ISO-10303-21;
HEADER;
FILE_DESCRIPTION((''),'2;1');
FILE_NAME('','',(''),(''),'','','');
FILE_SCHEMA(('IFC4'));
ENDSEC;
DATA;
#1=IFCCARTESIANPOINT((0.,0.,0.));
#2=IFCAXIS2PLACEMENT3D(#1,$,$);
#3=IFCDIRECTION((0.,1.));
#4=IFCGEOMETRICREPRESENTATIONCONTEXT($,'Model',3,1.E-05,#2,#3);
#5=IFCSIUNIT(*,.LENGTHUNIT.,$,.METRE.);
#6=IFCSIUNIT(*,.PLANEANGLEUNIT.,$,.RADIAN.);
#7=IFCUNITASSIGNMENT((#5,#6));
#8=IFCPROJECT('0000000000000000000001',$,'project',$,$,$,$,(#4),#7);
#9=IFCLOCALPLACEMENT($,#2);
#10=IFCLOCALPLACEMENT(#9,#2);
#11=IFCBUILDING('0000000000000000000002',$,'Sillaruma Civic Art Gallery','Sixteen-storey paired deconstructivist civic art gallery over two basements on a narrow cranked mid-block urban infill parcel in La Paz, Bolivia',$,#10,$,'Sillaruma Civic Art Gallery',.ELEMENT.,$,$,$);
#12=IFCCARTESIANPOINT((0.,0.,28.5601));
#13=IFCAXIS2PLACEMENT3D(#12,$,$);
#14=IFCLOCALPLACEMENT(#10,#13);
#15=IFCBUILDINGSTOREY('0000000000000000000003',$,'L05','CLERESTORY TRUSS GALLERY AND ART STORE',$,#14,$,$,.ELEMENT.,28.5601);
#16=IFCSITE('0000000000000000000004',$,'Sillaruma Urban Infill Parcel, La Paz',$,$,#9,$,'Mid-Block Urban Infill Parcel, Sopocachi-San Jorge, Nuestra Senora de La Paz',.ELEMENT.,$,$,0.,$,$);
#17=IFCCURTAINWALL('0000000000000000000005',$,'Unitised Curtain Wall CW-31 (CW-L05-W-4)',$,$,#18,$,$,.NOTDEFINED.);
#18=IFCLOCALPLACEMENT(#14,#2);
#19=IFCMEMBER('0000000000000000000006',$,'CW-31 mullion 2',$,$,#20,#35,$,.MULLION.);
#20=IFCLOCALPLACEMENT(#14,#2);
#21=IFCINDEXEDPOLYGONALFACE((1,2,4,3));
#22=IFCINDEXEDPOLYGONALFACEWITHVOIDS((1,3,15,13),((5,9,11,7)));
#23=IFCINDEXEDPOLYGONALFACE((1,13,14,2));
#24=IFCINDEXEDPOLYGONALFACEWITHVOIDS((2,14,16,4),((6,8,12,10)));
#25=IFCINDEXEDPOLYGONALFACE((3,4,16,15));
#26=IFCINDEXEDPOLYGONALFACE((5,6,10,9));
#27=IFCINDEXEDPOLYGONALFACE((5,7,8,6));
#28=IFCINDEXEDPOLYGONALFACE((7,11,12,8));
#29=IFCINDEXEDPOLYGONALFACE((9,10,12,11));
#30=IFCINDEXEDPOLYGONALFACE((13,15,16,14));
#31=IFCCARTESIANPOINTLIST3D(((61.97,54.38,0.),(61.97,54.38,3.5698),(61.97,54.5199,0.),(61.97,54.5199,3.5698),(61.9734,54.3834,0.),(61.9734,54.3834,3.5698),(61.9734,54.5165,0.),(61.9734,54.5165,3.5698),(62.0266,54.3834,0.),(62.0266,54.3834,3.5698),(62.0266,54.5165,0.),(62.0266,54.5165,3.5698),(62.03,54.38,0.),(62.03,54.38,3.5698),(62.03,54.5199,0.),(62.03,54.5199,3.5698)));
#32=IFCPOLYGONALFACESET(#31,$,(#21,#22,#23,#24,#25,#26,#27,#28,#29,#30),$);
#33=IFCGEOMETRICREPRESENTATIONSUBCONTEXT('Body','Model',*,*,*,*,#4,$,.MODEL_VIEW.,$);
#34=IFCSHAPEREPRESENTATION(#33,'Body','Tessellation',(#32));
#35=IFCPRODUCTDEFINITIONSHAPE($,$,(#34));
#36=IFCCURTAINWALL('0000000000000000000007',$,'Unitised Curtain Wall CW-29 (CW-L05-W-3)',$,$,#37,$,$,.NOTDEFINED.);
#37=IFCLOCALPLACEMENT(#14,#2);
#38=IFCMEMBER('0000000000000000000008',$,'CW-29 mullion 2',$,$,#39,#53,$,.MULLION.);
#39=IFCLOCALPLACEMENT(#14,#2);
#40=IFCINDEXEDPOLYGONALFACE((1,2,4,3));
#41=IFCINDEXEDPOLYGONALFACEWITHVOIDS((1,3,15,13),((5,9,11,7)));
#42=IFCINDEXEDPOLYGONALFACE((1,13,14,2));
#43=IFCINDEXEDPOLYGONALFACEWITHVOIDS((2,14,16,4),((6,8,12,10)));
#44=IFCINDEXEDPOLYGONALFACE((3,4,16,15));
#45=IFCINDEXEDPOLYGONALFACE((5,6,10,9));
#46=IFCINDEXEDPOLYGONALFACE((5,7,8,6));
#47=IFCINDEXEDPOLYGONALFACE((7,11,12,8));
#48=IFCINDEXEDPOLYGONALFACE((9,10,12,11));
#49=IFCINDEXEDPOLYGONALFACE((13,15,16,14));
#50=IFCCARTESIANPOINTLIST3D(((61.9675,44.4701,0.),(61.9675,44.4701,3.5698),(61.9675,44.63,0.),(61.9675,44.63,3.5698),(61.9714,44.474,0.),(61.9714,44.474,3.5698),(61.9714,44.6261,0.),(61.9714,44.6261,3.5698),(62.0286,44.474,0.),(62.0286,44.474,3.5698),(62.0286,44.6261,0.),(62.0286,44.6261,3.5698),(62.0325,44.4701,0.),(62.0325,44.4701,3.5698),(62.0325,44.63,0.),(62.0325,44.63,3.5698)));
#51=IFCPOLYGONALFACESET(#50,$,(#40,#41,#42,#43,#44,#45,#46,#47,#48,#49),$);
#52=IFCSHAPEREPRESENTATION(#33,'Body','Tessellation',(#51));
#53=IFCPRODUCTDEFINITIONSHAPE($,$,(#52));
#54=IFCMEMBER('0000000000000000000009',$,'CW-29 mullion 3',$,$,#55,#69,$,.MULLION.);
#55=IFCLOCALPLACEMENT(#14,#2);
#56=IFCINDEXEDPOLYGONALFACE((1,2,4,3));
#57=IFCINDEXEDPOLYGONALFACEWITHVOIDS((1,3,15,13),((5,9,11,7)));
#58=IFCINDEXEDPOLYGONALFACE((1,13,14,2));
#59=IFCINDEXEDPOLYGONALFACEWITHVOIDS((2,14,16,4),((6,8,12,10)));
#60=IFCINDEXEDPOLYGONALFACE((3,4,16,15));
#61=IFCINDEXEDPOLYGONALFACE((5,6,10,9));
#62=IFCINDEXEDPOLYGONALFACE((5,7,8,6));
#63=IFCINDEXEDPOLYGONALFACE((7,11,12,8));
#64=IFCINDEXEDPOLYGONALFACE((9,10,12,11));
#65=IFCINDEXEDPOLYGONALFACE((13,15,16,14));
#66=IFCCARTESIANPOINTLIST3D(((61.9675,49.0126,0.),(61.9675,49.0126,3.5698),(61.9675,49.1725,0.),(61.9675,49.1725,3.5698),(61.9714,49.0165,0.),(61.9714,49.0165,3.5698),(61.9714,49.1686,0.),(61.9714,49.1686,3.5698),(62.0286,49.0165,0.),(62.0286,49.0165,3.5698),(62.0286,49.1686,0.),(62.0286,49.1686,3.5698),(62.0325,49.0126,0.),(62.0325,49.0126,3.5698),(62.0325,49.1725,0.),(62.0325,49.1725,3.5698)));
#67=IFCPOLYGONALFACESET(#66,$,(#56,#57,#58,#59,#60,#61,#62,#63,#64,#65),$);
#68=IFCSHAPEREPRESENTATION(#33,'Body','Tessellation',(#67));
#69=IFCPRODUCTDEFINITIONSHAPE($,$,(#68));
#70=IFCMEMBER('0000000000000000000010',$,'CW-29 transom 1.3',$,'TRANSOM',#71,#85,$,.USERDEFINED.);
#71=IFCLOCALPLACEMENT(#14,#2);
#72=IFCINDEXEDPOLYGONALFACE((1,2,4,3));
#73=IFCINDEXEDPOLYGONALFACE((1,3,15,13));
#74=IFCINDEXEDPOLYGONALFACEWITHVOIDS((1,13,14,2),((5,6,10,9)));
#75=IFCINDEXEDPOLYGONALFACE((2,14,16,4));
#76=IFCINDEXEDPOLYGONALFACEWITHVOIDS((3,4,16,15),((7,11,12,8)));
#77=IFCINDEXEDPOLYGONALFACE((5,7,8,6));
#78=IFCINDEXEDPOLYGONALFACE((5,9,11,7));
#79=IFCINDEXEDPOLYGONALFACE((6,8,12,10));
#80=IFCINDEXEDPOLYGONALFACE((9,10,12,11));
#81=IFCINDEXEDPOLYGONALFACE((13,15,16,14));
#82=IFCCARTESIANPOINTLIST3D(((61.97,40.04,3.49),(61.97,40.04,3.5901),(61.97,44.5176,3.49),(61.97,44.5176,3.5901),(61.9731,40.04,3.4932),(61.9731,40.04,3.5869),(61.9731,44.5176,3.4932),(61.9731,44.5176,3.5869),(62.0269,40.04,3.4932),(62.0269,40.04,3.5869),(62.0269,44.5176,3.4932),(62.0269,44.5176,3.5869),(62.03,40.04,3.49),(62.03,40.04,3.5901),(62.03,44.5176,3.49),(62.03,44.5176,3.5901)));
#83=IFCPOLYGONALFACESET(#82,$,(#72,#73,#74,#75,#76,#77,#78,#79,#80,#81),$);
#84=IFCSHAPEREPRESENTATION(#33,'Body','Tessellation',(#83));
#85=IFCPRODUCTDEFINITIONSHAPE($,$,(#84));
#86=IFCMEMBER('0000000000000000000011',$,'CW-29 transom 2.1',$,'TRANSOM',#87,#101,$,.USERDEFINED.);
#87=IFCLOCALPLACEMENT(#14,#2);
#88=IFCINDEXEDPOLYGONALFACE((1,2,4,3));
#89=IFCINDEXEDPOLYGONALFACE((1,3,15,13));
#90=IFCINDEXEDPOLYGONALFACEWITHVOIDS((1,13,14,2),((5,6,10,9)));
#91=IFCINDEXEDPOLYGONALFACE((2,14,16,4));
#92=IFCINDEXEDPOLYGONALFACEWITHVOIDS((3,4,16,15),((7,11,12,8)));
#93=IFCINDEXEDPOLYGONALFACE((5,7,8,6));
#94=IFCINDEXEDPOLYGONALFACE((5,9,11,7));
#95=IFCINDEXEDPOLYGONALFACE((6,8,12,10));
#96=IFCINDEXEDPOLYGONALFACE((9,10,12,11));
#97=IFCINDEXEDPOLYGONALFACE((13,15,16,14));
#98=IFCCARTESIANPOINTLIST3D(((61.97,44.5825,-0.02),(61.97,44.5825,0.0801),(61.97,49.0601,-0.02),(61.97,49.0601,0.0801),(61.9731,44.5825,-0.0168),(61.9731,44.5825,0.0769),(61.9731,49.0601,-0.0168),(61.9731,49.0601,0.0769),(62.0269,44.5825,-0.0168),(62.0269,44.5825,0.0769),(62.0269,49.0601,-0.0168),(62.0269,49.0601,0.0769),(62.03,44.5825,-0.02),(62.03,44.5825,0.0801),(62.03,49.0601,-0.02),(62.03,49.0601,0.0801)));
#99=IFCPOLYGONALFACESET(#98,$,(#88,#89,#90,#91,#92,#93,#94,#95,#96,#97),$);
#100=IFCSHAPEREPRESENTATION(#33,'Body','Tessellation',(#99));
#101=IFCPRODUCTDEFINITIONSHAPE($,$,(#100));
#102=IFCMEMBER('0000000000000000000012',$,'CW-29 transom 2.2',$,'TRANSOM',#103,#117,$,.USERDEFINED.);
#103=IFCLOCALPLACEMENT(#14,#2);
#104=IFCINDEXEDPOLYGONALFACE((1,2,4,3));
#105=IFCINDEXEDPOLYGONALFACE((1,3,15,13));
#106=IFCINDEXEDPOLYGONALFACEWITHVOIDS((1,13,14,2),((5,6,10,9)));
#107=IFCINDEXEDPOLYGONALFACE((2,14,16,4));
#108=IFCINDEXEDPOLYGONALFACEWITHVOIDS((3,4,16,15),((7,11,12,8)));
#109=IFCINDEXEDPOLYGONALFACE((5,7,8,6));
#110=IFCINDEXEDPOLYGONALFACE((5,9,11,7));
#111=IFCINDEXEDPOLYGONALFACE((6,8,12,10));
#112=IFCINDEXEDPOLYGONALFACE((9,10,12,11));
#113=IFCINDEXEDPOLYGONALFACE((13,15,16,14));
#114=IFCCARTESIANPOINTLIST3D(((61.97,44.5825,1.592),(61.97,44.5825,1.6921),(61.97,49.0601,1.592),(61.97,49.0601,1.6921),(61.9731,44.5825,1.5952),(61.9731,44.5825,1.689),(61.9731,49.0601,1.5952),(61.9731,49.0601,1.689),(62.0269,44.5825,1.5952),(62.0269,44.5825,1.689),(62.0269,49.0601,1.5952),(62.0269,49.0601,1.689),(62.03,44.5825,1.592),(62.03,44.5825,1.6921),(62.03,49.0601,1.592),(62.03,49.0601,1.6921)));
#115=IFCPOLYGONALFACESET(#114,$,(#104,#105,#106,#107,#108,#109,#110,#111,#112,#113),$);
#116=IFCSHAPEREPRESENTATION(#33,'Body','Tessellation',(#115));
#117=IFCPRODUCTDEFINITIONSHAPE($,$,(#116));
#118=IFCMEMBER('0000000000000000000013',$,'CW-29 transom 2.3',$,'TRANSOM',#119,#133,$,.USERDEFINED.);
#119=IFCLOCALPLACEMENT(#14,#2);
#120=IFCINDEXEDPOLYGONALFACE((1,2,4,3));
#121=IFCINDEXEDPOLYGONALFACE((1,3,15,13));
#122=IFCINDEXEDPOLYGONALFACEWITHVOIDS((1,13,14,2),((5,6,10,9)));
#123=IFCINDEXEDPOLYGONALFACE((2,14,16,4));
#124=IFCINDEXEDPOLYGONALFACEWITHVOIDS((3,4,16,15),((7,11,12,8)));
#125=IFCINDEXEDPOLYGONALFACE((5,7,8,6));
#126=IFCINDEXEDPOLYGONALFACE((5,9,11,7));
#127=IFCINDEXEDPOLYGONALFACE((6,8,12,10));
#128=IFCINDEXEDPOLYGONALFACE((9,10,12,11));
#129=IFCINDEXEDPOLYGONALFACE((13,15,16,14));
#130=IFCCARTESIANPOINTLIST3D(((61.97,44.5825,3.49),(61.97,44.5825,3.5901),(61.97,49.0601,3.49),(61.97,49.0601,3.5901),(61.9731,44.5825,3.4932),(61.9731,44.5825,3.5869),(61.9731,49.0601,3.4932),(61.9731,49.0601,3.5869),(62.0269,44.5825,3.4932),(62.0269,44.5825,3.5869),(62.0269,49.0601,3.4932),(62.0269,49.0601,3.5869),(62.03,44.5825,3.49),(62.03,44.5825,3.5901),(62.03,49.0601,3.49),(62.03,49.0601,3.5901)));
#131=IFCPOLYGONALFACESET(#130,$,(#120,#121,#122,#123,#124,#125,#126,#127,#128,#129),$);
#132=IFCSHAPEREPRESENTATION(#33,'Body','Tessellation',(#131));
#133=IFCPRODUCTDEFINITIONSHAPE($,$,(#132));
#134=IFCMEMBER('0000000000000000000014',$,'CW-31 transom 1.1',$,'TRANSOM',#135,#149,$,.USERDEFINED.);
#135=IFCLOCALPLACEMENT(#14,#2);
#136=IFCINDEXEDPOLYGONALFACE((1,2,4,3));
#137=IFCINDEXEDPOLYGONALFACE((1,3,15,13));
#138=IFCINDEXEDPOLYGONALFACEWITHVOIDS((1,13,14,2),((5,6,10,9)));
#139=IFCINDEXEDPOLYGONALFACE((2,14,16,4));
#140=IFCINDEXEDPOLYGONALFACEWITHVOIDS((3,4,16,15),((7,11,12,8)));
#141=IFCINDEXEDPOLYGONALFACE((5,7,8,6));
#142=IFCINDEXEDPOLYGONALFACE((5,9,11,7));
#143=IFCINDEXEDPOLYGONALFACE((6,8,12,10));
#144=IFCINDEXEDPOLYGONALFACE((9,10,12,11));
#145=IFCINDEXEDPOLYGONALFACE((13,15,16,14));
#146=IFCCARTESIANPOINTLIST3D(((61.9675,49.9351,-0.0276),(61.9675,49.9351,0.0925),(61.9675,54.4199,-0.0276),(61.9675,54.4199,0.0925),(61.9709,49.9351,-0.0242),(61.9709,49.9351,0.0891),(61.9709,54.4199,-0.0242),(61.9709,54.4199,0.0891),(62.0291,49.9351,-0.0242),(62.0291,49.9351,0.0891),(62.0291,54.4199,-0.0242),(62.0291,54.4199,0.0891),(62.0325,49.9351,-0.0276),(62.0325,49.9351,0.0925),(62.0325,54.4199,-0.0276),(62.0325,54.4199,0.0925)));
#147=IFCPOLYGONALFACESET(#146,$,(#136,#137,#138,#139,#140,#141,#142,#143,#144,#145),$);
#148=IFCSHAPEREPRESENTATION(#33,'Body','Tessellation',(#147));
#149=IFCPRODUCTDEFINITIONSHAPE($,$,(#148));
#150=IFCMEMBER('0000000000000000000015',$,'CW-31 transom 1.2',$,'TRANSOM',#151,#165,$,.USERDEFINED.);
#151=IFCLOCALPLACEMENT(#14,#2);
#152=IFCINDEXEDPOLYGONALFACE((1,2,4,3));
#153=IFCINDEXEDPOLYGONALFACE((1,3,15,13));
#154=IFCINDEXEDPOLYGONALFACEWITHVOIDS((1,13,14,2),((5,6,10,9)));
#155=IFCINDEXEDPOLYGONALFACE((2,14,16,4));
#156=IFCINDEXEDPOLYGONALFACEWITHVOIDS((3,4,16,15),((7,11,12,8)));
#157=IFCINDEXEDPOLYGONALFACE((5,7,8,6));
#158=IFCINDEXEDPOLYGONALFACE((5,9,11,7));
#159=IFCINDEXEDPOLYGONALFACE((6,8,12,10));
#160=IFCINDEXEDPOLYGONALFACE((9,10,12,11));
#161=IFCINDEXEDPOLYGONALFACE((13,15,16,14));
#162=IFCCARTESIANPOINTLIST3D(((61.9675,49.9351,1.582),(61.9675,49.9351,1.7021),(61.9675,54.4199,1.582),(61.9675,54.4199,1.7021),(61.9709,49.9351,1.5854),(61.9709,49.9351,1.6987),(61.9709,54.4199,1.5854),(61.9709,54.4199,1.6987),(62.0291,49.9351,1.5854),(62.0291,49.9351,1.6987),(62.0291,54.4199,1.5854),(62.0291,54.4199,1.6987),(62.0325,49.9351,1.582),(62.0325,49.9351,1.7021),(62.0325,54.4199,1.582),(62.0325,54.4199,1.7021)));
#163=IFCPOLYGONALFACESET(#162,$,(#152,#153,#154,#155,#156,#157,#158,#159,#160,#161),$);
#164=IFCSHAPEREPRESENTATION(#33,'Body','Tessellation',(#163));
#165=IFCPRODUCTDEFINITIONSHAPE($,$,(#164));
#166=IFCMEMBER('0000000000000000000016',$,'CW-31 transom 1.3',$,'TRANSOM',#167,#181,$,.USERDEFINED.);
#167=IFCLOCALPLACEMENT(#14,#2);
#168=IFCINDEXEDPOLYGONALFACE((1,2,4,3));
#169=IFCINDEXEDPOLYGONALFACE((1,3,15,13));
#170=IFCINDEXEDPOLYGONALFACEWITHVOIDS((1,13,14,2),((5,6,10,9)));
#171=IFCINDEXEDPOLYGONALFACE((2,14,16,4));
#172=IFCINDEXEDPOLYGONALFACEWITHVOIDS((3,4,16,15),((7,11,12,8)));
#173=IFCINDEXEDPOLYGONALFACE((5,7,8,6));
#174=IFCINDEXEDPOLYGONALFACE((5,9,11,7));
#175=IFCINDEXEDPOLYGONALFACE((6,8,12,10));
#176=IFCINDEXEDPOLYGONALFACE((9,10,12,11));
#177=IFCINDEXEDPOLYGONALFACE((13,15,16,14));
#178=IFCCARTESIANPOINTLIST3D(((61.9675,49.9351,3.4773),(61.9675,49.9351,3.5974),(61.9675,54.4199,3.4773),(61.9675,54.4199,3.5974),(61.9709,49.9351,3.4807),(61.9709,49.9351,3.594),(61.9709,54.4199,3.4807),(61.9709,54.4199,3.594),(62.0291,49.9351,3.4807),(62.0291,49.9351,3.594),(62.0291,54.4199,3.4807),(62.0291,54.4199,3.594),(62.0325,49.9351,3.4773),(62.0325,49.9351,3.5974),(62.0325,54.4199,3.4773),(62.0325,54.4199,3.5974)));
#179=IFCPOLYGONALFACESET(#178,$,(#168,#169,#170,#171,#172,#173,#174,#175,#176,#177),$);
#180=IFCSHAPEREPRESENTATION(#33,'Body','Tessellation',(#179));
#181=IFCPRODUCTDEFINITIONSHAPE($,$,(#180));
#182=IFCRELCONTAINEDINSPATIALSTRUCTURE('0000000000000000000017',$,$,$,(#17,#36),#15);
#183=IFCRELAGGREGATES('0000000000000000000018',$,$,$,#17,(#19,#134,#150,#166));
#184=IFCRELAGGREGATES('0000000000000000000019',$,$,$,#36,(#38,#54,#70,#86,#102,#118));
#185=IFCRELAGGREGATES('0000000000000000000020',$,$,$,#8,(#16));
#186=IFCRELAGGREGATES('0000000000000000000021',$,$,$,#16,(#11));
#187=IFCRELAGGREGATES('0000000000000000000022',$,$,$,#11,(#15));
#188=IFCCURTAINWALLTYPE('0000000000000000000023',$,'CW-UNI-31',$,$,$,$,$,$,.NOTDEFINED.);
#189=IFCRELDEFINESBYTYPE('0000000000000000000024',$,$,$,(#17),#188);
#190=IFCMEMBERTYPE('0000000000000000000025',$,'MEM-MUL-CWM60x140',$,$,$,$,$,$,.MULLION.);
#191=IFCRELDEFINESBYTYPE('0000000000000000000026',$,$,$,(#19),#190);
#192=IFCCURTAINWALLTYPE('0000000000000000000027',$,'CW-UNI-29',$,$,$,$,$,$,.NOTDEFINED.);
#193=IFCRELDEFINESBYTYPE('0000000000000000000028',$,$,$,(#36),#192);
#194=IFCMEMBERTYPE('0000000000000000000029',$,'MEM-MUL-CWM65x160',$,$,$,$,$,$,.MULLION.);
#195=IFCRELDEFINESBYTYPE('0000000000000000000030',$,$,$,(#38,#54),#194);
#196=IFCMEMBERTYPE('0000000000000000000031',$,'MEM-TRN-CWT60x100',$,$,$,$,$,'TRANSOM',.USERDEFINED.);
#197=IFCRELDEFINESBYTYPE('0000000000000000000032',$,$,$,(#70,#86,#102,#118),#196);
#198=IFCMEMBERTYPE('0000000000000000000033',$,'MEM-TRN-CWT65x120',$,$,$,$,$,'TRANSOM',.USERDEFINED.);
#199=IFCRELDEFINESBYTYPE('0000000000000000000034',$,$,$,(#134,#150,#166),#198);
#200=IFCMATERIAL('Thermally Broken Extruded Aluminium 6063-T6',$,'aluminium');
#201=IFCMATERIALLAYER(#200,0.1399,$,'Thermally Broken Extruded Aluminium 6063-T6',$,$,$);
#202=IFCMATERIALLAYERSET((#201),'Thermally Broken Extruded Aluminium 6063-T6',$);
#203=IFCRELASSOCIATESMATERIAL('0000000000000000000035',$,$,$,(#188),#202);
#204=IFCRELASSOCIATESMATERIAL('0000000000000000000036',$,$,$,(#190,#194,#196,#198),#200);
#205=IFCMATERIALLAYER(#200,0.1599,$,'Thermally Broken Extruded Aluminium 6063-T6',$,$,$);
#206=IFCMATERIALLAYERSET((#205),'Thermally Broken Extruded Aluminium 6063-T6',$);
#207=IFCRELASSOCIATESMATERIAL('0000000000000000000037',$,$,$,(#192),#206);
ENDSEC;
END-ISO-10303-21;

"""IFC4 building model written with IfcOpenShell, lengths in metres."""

from ifc_helpers import new_model, si_unit, direction, frame, origin, origin_2d, place, context, subcontext, project, spatial, hollow_rectangle, extrude, material, layer, layer_set, material_profile, profile_set, type_object, element, aggregate, save


model = new_model("IFC4")

# Units and contexts
model_context = context("Model", 3, precision=1e-05, world=origin(), true_north=direction((0.0, 1.0)))
body_context = subcontext(model_context, "Body", "Model", "MODEL_VIEW")
ifc_project = project(units=[si_unit("LENGTHUNIT", "METRE"), si_unit("PLANEANGLEUNIT", "RADIAN")], contexts=[model_context])

# Site, building, storey
site_placement = place(None, origin())
site = spatial("IfcSite", under=ifc_project, at=site_placement, Name="Sillaruma Urban Infill Parcel, La Paz", LongName="Mid-Block Urban Infill Parcel, Sopocachi-San Jorge, Nuestra Senora de La Paz", CompositionType="ELEMENT", RefElevation=0.0)
building_placement = place(site_placement, origin())
building = spatial("IfcBuilding", under=site, at=building_placement, Name="Sillaruma Civic Art Gallery", Description="Sixteen-storey paired deconstructivist civic art gallery over two basements on a narrow cranked mid-block urban infill parcel in La Paz, Bolivia", LongName="Sillaruma Civic Art Gallery", CompositionType="ELEMENT")
storey_placement = place(building_placement, frame((0.0, 0.0, 28.5601)))
storey = spatial("IfcBuildingStorey", under=building, at=storey_placement, Name="L05", Description="CLERESTORY TRUSS GALLERY AND ART STORE", CompositionType="ELEMENT", Elevation=28.5601)

# Curtain walls, members
ifc_material_1 = material(Name="Thermally Broken Extruded Aluminium 6063-T6", Category="aluminium")
ifc_layer_1 = layer(ifc_material_1, 0.1399, Name="Thermally Broken Extruded Aluminium 6063-T6")
ifc_layer_set_1 = layer_set([ifc_layer_1], Name="Thermally Broken Extruded Aluminium 6063-T6")
curtain_wall_type_1 = type_object("IfcCurtainWallType", Name="CW-UNI-31", PredefinedType="NOTDEFINED", material=ifc_layer_set_1)
curtain_wall_1_placement = place(storey_placement, origin())
curtain_wall_1 = element("IfcCurtainWall", 1, at=curtain_wall_1_placement, inside=storey, type_object=curtain_wall_type_1, Name="Unitised Curtain Wall CW-31 (CW-L05-W-4)", PredefinedType="NOTDEFINED")
ifc_material_profile_1 = material_profile(ifc_material_1, hollow_rectangle(XDim=0.0601, YDim=0.1399, WallThickness=0.0034, at=origin_2d()), Name="CWM60x140")
ifc_profile_set_1 = profile_set([ifc_material_profile_1], Name="Thermally Broken Extruded Aluminium 6063-T6")
member_type_1 = type_object("IfcMemberType", Name="MEM-MUL-CWM60x140", PredefinedType="MULLION", material=ifc_profile_set_1)
member_1_placement = place(storey_placement, frame((62.0, 54.45, 0.0), z_axis=(0.0, 0.0, 1.0), x_axis=(-1.0, 0.0, 0.0)))
member_1 = element("IfcMember", 2, at=member_1_placement, type_object=member_type_1, Name="CW-31 mullion 2", PredefinedType="MULLION", context=body_context, shape_type="SweptSolid", body=[
    extrude(hollow_rectangle(XDim=0.0601, YDim=0.1399, WallThickness=0.0034, at=origin_2d()), origin(), (0.0, 0.0, 1.0), 3.5698),
])
ifc_layer_2 = layer(ifc_material_1, 0.1599, Name="Thermally Broken Extruded Aluminium 6063-T6")
ifc_layer_set_2 = layer_set([ifc_layer_2], Name="Thermally Broken Extruded Aluminium 6063-T6")
curtain_wall_type_2 = type_object("IfcCurtainWallType", Name="CW-UNI-29", PredefinedType="NOTDEFINED", material=ifc_layer_set_2)
curtain_wall_2_placement = place(storey_placement, origin())
curtain_wall_2 = element("IfcCurtainWall", 3, at=curtain_wall_2_placement, inside=storey, type_object=curtain_wall_type_2, Name="Unitised Curtain Wall CW-29 (CW-L05-W-3)", PredefinedType="NOTDEFINED")
ifc_material_profile_2 = material_profile(ifc_material_1, hollow_rectangle(XDim=0.0649, YDim=0.1599, WallThickness=0.0039, at=origin_2d()), Name="CWM65x160")
ifc_profile_set_2 = profile_set([ifc_material_profile_2], Name="Thermally Broken Extruded Aluminium 6063-T6")
member_type_2 = type_object("IfcMemberType", Name="MEM-MUL-CWM65x160", PredefinedType="MULLION", material=ifc_profile_set_2)
member_2_placement = place(storey_placement, frame((62.0, 44.55, 0.0), z_axis=(0.0, 0.0, 1.0), x_axis=(-1.0, 0.0, 0.0)))
member_2 = element("IfcMember", 4, at=member_2_placement, type_object=member_type_2, Name="CW-29 mullion 2", PredefinedType="MULLION", context=body_context, shape_type="SweptSolid", body=[
    extrude(hollow_rectangle(XDim=0.0649, YDim=0.1599, WallThickness=0.0039, at=origin_2d()), origin(), (0.0, 0.0, 1.0), 3.5698),
])
member_3_placement = place(storey_placement, frame((62.0, 49.0925, 0.0), z_axis=(0.0, 0.0, 1.0), x_axis=(-1.0, 0.0, 0.0)))
member_3 = element("IfcMember", 5, at=member_3_placement, type_object=member_type_2, Name="CW-29 mullion 3", PredefinedType="MULLION", context=body_context, shape_type="SweptSolid", body=[
    extrude(hollow_rectangle(XDim=0.0649, YDim=0.1599, WallThickness=0.0039, at=origin_2d()), origin(), (0.0, 0.0, 1.0), 3.5698),
])
ifc_material_profile_3 = material_profile(ifc_material_1, hollow_rectangle(XDim=0.0601, YDim=0.1001, WallThickness=0.0032, at=origin_2d()), Name="CWT60x100")
ifc_profile_set_3 = profile_set([ifc_material_profile_3], Name="Thermally Broken Extruded Aluminium 6063-T6")
member_type_3 = type_object("IfcMemberType", Name="MEM-TRN-CWT60x100", ElementType="TRANSOM", PredefinedType="USERDEFINED", material=ifc_profile_set_3)
member_4_placement = place(storey_placement, frame((62.0, 40.04, 3.54), z_axis=(0.0, 1.0, 0.0), x_axis=(-1.0, 0.0, 0.0)))
member_4 = element("IfcMember", 6, at=member_4_placement, type_object=member_type_3, Name="CW-29 transom 1.3", ObjectType="TRANSOM", PredefinedType="USERDEFINED", context=body_context, shape_type="SweptSolid", body=[
    extrude(hollow_rectangle(XDim=0.0601, YDim=0.1001, WallThickness=0.0032, at=origin_2d()), origin(), (0.0, 0.0, 1.0), 4.4775),
])
member_5_placement = place(storey_placement, frame((62.0, 44.5825, 0.03), z_axis=(0.0, 1.0, 0.0), x_axis=(-1.0, 0.0, 0.0)))
member_5 = element("IfcMember", 7, at=member_5_placement, type_object=member_type_3, Name="CW-29 transom 2.1", ObjectType="TRANSOM", PredefinedType="USERDEFINED", context=body_context, shape_type="SweptSolid", body=[
    extrude(hollow_rectangle(XDim=0.0601, YDim=0.1001, WallThickness=0.0032, at=origin_2d()), origin(), (0.0, 0.0, 1.0), 4.4775),
])
member_6_placement = place(storey_placement, frame((62.0, 44.5825, 1.6421), z_axis=(0.0, 1.0, 0.0), x_axis=(-1.0, 0.0, 0.0)))
member_6 = element("IfcMember", 8, at=member_6_placement, type_object=member_type_3, Name="CW-29 transom 2.2", ObjectType="TRANSOM", PredefinedType="USERDEFINED", context=body_context, shape_type="SweptSolid", body=[
    extrude(hollow_rectangle(XDim=0.0601, YDim=0.1001, WallThickness=0.0032, at=origin_2d()), origin(), (0.0, 0.0, 1.0), 4.4775),
])
member_7_placement = place(storey_placement, frame((62.0, 44.5825, 3.54), z_axis=(0.0, 1.0, 0.0), x_axis=(-1.0, 0.0, 0.0)))
member_7 = element("IfcMember", 9, at=member_7_placement, type_object=member_type_3, Name="CW-29 transom 2.3", ObjectType="TRANSOM", PredefinedType="USERDEFINED", context=body_context, shape_type="SweptSolid", body=[
    extrude(hollow_rectangle(XDim=0.0601, YDim=0.1001, WallThickness=0.0032, at=origin_2d()), origin(), (0.0, 0.0, 1.0), 4.4775),
])

# Members
ifc_material_profile_4 = material_profile(ifc_material_1, hollow_rectangle(XDim=0.0649, YDim=0.1201, WallThickness=0.0034, at=origin_2d()), Name="CWT65x120")
ifc_profile_set_4 = profile_set([ifc_material_profile_4], Name="Thermally Broken Extruded Aluminium 6063-T6")
member_type_4 = type_object("IfcMemberType", Name="MEM-TRN-CWT65x120", ElementType="TRANSOM", PredefinedType="USERDEFINED", material=ifc_profile_set_4)
member_8_placement = place(storey_placement, frame((62.0, 49.9351, 0.0325), z_axis=(0.0, 1.0, 0.0), x_axis=(-1.0, 0.0, 0.0)))
member_8 = element("IfcMember", 10, at=member_8_placement, type_object=member_type_4, Name="CW-31 transom 1.1", ObjectType="TRANSOM", PredefinedType="USERDEFINED", context=body_context, shape_type="SweptSolid", body=[
    extrude(hollow_rectangle(XDim=0.0649, YDim=0.1201, WallThickness=0.0034, at=origin_2d()), origin(), (0.0, 0.0, 1.0), 4.4849),
])
member_9_placement = place(storey_placement, frame((62.0, 49.9351, 1.6421), z_axis=(0.0, 1.0, 0.0), x_axis=(-1.0, 0.0, 0.0)))
member_9 = element("IfcMember", 11, at=member_9_placement, type_object=member_type_4, Name="CW-31 transom 1.2", ObjectType="TRANSOM", PredefinedType="USERDEFINED", context=body_context, shape_type="SweptSolid", body=[
    extrude(hollow_rectangle(XDim=0.0649, YDim=0.1201, WallThickness=0.0034, at=origin_2d()), origin(), (0.0, 0.0, 1.0), 4.4849),
])
member_10_placement = place(storey_placement, frame((62.0, 49.9351, 3.5374), z_axis=(0.0, 1.0, 0.0), x_axis=(-1.0, 0.0, 0.0)))
member_10 = element("IfcMember", 12, at=member_10_placement, type_object=member_type_4, Name="CW-31 transom 1.3", ObjectType="TRANSOM", PredefinedType="USERDEFINED", context=body_context, shape_type="SweptSolid", body=[
    extrude(hollow_rectangle(XDim=0.0649, YDim=0.1201, WallThickness=0.0034, at=origin_2d()), origin(), (0.0, 0.0, 1.0), 4.4849),
])

aggregate(curtain_wall_1, [member_1, member_8, member_9, member_10])
aggregate(curtain_wall_2, [member_2, member_3, member_4, member_5, member_6, member_7])

save(model, "model.ifc")
